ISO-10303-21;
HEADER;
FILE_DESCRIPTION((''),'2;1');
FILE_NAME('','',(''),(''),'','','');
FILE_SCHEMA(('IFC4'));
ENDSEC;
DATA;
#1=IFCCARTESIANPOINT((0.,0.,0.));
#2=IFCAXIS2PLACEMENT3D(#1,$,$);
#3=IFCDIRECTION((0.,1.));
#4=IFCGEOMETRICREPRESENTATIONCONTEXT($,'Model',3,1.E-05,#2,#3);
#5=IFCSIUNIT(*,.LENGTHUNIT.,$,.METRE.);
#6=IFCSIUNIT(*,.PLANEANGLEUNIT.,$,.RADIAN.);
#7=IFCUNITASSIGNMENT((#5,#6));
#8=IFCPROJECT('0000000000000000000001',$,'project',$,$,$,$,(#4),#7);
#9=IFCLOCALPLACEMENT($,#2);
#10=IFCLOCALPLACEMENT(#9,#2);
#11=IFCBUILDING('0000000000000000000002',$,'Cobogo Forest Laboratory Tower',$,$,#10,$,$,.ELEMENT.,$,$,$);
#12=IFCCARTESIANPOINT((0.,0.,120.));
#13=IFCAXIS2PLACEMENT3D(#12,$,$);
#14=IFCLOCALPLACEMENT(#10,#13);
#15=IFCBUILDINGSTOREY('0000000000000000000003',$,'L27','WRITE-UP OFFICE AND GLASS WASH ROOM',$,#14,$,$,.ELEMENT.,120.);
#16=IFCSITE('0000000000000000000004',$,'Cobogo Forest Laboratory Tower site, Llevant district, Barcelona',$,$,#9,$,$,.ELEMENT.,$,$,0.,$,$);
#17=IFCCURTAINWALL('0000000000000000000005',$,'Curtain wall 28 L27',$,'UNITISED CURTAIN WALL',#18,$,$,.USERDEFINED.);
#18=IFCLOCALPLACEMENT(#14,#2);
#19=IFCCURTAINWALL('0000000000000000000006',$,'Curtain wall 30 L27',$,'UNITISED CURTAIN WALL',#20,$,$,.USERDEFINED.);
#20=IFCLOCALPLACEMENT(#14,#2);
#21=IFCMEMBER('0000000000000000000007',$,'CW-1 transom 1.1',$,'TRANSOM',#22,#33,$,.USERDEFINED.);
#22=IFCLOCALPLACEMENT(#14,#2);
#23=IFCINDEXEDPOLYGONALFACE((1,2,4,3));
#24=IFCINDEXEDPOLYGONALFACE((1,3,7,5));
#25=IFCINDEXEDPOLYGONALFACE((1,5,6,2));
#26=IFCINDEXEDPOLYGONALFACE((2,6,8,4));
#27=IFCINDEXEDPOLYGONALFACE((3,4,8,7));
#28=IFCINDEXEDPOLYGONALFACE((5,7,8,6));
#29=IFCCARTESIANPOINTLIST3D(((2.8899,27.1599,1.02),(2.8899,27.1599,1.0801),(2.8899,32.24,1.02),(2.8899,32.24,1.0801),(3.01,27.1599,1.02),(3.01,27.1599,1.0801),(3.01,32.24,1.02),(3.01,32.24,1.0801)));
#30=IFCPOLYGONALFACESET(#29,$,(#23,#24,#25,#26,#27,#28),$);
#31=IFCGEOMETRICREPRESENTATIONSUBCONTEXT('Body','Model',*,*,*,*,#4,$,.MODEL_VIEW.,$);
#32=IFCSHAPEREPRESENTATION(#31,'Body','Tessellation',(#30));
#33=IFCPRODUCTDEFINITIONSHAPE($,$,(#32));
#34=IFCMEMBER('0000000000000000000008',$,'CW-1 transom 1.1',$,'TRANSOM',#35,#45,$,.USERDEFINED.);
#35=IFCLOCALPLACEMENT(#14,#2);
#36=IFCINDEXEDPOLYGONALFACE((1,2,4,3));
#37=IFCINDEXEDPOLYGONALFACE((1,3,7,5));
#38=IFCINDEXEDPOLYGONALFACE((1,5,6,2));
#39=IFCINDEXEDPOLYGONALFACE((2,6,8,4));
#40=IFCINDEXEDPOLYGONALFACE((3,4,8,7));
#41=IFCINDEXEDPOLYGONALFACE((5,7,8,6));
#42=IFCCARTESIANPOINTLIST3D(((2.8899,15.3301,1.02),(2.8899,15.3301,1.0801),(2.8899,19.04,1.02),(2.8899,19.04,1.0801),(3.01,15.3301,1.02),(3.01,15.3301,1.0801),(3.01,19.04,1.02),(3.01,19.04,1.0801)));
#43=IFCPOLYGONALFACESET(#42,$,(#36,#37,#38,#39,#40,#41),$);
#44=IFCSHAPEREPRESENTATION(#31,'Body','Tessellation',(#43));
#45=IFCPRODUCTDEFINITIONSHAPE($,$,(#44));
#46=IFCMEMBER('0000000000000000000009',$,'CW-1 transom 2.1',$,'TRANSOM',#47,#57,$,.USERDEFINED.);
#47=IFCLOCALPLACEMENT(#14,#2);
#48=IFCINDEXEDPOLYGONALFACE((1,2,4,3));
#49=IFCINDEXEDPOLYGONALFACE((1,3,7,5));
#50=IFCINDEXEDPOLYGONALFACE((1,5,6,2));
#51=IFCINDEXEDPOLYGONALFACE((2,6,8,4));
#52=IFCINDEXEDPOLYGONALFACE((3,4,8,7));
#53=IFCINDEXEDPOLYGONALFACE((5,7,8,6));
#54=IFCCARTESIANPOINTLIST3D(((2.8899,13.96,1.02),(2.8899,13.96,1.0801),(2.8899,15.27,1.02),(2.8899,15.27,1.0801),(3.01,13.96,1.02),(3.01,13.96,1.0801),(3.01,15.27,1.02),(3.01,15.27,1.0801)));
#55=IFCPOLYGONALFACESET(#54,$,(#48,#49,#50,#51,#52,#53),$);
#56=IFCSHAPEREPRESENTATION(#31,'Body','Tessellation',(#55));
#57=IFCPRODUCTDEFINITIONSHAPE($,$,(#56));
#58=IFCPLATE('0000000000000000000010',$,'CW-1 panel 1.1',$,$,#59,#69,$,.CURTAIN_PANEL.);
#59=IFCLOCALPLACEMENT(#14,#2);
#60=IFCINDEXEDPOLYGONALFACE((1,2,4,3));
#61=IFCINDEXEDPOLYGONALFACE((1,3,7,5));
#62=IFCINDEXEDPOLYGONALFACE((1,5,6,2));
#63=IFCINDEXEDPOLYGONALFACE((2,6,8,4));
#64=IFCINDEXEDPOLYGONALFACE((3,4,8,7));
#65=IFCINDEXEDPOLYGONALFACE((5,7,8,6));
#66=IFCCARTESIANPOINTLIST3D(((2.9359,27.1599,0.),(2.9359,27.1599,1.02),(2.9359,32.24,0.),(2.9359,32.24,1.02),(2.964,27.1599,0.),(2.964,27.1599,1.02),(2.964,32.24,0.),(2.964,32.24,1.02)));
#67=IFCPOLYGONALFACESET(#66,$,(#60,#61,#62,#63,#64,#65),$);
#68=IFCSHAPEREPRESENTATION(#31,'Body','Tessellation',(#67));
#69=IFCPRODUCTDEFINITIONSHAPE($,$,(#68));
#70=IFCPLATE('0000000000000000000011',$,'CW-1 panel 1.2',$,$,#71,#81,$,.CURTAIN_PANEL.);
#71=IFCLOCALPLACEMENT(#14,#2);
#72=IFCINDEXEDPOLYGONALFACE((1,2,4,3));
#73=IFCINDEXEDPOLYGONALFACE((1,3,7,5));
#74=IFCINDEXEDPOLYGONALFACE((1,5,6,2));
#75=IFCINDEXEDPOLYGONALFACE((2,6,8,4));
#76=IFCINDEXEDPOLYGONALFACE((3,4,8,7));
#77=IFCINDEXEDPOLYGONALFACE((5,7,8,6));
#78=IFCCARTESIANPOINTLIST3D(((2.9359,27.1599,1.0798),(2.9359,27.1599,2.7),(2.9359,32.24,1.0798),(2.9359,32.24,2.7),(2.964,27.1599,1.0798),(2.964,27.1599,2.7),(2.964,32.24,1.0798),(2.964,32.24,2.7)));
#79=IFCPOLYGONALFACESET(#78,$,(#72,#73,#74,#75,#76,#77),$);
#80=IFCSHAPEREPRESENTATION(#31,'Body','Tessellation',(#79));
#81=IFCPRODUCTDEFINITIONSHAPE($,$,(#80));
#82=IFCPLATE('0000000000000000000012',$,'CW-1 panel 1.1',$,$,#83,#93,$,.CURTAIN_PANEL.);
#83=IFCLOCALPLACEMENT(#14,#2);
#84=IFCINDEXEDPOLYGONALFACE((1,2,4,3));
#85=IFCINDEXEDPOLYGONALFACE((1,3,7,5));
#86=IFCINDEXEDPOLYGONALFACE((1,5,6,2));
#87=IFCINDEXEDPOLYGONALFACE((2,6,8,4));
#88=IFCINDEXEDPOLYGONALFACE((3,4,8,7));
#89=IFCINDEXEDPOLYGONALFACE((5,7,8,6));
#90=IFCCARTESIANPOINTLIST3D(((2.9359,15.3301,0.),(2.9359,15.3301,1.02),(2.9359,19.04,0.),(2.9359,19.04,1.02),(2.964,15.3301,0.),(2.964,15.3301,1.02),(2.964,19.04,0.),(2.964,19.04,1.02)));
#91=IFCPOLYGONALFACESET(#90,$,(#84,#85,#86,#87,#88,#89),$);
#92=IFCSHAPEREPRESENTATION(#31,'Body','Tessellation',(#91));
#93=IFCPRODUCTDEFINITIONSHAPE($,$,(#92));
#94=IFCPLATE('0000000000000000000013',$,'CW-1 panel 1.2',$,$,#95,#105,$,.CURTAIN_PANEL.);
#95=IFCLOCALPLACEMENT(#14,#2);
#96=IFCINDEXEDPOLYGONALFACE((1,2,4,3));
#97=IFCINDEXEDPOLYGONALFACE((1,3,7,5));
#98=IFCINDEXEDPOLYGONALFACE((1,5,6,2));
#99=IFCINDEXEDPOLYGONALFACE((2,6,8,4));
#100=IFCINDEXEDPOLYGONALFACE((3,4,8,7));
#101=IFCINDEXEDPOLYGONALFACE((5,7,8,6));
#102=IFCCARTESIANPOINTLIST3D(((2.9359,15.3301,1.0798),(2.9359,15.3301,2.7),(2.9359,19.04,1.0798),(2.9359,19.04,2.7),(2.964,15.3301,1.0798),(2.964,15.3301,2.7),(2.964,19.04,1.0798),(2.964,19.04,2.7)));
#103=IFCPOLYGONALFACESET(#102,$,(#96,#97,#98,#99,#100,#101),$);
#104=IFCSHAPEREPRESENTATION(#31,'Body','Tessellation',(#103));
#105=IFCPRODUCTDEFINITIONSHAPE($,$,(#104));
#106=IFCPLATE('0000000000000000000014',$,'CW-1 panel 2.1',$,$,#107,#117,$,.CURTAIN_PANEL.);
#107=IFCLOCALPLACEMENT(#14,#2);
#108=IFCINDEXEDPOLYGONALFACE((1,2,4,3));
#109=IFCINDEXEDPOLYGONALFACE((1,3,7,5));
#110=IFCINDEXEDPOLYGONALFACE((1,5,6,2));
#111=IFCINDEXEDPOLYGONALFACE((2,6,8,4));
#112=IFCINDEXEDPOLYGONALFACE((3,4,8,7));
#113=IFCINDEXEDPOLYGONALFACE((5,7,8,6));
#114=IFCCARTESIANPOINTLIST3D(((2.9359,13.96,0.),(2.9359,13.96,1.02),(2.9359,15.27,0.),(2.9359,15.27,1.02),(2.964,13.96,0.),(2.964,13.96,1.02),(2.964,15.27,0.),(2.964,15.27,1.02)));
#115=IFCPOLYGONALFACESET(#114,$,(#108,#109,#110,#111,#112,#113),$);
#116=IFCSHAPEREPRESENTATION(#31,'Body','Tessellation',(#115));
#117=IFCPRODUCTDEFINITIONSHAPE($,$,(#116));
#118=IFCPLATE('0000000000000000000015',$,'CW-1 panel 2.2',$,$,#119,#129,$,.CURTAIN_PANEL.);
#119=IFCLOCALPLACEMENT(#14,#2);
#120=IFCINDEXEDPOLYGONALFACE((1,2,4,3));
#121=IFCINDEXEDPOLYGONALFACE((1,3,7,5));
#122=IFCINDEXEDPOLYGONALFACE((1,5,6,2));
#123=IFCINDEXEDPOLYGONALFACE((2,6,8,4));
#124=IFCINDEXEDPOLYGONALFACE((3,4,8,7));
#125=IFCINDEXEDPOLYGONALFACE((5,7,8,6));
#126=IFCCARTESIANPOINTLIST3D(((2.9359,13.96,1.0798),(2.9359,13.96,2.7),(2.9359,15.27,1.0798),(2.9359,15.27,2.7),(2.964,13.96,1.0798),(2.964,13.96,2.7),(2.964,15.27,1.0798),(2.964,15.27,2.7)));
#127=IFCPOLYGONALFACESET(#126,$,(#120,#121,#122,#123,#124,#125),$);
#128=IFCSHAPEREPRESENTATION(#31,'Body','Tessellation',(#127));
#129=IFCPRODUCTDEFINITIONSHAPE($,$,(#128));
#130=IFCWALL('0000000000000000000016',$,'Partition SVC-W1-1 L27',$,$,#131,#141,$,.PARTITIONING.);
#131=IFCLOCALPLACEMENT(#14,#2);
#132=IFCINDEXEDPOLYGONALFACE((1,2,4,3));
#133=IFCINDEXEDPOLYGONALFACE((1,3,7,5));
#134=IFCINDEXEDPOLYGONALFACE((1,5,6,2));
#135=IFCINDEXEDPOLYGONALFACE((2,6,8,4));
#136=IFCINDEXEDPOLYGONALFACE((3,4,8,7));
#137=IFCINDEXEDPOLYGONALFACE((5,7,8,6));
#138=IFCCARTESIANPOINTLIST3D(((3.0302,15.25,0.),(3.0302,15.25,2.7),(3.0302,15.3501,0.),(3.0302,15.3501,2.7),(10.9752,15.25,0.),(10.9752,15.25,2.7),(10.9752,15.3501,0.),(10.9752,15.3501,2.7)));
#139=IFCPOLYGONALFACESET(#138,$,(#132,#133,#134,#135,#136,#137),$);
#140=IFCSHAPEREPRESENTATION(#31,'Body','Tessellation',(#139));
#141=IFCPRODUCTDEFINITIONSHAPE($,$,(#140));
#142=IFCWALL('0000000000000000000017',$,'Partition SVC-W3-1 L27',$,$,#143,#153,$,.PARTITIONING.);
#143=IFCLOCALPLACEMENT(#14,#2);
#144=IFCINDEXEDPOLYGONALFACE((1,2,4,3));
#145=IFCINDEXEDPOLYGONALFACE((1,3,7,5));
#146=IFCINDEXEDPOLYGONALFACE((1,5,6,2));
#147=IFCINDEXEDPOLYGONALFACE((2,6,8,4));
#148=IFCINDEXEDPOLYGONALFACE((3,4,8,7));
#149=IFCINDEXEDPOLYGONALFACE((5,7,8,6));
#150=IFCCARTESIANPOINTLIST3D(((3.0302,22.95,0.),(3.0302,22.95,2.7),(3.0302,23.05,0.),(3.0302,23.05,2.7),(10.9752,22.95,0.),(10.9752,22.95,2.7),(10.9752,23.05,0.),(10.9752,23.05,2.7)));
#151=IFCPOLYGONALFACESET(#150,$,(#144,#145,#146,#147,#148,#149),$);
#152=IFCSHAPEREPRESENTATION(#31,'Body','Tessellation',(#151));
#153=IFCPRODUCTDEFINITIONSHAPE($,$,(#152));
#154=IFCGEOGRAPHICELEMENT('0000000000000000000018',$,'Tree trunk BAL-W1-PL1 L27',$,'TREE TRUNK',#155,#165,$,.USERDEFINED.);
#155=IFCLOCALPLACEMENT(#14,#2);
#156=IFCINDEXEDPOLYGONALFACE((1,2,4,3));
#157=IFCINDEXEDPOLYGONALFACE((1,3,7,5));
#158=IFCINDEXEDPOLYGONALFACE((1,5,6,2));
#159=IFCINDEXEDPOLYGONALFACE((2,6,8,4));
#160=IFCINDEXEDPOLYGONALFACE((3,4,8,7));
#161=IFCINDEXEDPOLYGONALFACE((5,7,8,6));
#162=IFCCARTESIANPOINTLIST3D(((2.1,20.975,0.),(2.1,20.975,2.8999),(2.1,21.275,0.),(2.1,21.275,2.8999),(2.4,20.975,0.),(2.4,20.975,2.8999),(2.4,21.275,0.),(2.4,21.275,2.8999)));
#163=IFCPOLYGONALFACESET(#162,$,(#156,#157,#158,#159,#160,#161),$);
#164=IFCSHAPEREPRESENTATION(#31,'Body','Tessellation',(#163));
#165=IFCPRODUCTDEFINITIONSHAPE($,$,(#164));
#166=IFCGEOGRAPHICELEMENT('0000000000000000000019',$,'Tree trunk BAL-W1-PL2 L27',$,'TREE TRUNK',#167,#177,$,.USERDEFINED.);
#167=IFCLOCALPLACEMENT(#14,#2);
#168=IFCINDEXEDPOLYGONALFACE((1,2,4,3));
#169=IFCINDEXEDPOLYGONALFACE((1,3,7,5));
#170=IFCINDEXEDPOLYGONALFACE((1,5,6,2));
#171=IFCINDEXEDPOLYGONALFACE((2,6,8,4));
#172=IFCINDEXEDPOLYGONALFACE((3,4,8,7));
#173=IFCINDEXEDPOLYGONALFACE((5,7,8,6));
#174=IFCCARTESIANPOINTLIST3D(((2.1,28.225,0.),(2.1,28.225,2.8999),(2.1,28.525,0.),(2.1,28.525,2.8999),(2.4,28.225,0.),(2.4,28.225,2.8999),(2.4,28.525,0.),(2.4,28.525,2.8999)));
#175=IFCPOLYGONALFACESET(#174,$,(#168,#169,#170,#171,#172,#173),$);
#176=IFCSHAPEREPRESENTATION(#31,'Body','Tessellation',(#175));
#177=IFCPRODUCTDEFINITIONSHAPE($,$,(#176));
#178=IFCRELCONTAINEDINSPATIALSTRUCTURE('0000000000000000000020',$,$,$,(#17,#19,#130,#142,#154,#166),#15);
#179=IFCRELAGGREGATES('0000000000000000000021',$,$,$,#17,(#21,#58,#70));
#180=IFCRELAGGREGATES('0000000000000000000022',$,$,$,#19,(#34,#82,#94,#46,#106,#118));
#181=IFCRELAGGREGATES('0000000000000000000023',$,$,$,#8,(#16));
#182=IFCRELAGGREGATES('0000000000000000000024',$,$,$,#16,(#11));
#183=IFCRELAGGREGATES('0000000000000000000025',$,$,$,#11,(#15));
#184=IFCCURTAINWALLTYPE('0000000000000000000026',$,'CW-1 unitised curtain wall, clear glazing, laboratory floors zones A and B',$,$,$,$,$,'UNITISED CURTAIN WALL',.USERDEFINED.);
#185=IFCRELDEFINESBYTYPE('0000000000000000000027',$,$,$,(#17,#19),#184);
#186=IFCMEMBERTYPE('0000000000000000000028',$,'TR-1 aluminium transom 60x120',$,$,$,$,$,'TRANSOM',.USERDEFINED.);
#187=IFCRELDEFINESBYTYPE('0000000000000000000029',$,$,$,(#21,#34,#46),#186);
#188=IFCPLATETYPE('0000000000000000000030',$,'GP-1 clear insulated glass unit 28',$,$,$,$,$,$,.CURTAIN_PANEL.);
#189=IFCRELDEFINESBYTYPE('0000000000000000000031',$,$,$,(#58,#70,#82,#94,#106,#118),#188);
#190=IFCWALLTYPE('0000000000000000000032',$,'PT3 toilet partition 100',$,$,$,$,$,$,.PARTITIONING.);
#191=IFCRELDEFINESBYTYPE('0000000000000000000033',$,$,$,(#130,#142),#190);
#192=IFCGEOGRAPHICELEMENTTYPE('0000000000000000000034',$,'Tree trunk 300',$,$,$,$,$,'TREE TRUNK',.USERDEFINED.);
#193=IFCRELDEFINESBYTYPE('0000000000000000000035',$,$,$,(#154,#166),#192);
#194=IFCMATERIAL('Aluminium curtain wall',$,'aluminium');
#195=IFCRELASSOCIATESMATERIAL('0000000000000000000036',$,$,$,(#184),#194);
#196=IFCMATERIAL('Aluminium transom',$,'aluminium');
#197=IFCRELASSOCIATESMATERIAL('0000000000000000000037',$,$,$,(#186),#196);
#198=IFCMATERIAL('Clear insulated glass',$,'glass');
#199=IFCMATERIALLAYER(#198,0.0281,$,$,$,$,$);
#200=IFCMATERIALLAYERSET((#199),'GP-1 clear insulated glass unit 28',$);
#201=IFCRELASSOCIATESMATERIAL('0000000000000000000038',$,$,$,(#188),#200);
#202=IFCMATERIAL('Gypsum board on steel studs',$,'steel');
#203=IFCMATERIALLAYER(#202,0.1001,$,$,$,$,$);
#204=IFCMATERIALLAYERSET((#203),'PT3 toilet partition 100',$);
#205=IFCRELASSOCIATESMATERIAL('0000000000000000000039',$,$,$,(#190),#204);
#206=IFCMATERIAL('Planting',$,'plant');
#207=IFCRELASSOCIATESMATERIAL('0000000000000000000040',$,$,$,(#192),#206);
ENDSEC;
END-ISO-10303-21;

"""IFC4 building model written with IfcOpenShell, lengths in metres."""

from ifc_helpers import new_model, si_unit, direction, frame, frame_2d, origin, origin_2d, place, context, subcontext, project, spatial, rectangle, extrude, material, layer, layer_set, material_profile, profile_set, type_object, element, aggregate, save


model = new_model("IFC4")

# Units and contexts
model_context = context("Model", 3, precision=1e-05, world=origin(), true_north=direction((0.0, 1.0)))
body_context = subcontext(model_context, "Body", "Model", "MODEL_VIEW")
ifc_project = project(units=[si_unit("LENGTHUNIT", "METRE"), si_unit("PLANEANGLEUNIT", "RADIAN")], contexts=[model_context])

# Site, building, storey
site_placement = place(None, origin())
site = spatial("IfcSite", under=ifc_project, at=site_placement, Name="Cobogo Forest Laboratory Tower site, Llevant district, Barcelona", CompositionType="ELEMENT", RefElevation=0.0)
building_placement = place(site_placement, origin())
building = spatial("IfcBuilding", under=site, at=building_placement, Name="Cobogo Forest Laboratory Tower", CompositionType="ELEMENT")
storey_placement = place(building_placement, frame((0.0, 0.0, 120.0)))
storey = spatial("IfcBuildingStorey", under=building, at=storey_placement, Name="L27", Description="WRITE-UP OFFICE AND GLASS WASH ROOM", CompositionType="ELEMENT", Elevation=120.0)

# Curtain walls
ifc_material_1 = material(Name="Aluminium curtain wall", Category="aluminium")
curtain_wall_type = type_object("IfcCurtainWallType", Name="CW-1 unitised curtain wall, clear glazing, laboratory floors zones A and B", ElementType="UNITISED CURTAIN WALL", PredefinedType="USERDEFINED", material=ifc_material_1)
curtain_wall_1_placement = place(storey_placement, origin())
curtain_wall_1 = element("IfcCurtainWall", 1, at=curtain_wall_1_placement, inside=storey, type_object=curtain_wall_type, Name="Curtain wall 28 L27", ObjectType="UNITISED CURTAIN WALL", PredefinedType="USERDEFINED")
curtain_wall_2_placement = place(storey_placement, origin())
curtain_wall_2 = element("IfcCurtainWall", 2, at=curtain_wall_2_placement, inside=storey, type_object=curtain_wall_type, Name="Curtain wall 30 L27", ObjectType="UNITISED CURTAIN WALL", PredefinedType="USERDEFINED")

# Members
ifc_material_2 = material(Name="Aluminium transom", Category="aluminium")
ifc_material_profile_1 = material_profile(ifc_material_2, rectangle(XDim=0.1201, YDim=0.0601, at=origin_2d()), Name="AL 60x120")
ifc_profile_set_1 = profile_set([ifc_material_profile_1], Name="Aluminium transom")
member_type_1 = type_object("IfcMemberType", Name="TR-1 aluminium transom 60x120", ElementType="TRANSOM", PredefinedType="USERDEFINED", material=ifc_profile_set_1)
member_1_placement = place(storey_placement, frame((2.95, 32.24, 1.05), z_axis=(0.0, -1.0, 0.0), x_axis=(1.0, 0.0, 0.0)))
member_1 = element("IfcMember", 3, at=member_1_placement, type_object=member_type_1, Name="CW-1 transom 1.1", ObjectType="TRANSOM", PredefinedType="USERDEFINED", context=body_context, shape_type="SweptSolid", body=[
    extrude(rectangle(XDim=0.1201, YDim=0.0601, at=origin_2d()), origin(), (0.0, 0.0, 1.0), 5.0801),
])
member_2_placement = place(storey_placement, frame((2.95, 19.04, 1.05), z_axis=(0.0, -1.0, 0.0), x_axis=(1.0, 0.0, 0.0)))
member_2 = element("IfcMember", 4, at=member_2_placement, type_object=member_type_1, Name="CW-1 transom 1.1", ObjectType="TRANSOM", PredefinedType="USERDEFINED", context=body_context, shape_type="SweptSolid", body=[
    extrude(rectangle(XDim=0.1201, YDim=0.0601, at=origin_2d()), origin(), (0.0, 0.0, 1.0), 3.71),
])
member_3_placement = place(storey_placement, frame((2.95, 15.27, 1.05), z_axis=(0.0, -1.0, 0.0), x_axis=(1.0, 0.0, 0.0)))
member_3 = element("IfcMember", 5, at=member_3_placement, type_object=member_type_1, Name="CW-1 transom 2.1", ObjectType="TRANSOM", PredefinedType="USERDEFINED", context=body_context, shape_type="SweptSolid", body=[
    extrude(rectangle(XDim=0.1201, YDim=0.0601, at=origin_2d()), origin(), (0.0, 0.0, 1.0), 1.3101),
])

# Plates
ifc_material_3 = material(Name="Clear insulated glass", Category="glass")
ifc_layer_1 = layer(ifc_material_3, 0.0281)
ifc_layer_set_1 = layer_set([ifc_layer_1], Name="GP-1 clear insulated glass unit 28")
plate_type_1 = type_object("IfcPlateType", Name="GP-1 clear insulated glass unit 28", PredefinedType="CURTAIN_PANEL", material=ifc_layer_set_1)
plate_1_placement = place(storey_placement, frame((2.95, 29.7, 0.0), z_axis=(0.0, 0.0, 1.0), x_axis=(0.0, -1.0, 0.0)))
plate_1 = element("IfcPlate", 6, at=plate_1_placement, type_object=plate_type_1, Name="CW-1 panel 1.1", PredefinedType="CURTAIN_PANEL", context=body_context, shape_type="SweptSolid", body=[
    extrude(rectangle(XDim=5.0801, YDim=0.0281, at=origin_2d()), origin(), (0.0, 0.0, 1.0), 1.02),
])
plate_2_placement = place(storey_placement, frame((2.95, 29.7, 1.0798), z_axis=(0.0, 0.0, 1.0), x_axis=(0.0, -1.0, 0.0)))
plate_2 = element("IfcPlate", 7, at=plate_2_placement, type_object=plate_type_1, Name="CW-1 panel 1.2", PredefinedType="CURTAIN_PANEL", context=body_context, shape_type="SweptSolid", body=[
    extrude(rectangle(XDim=5.0801, YDim=0.0281, at=origin_2d()), origin(), (0.0, 0.0, 1.0), 1.6201),
])
aggregate(curtain_wall_1, [member_1, plate_1, plate_2])
plate_3_placement = place(storey_placement, frame((2.95, 17.1851, 0.0), z_axis=(0.0, 0.0, 1.0), x_axis=(0.0, -1.0, 0.0)))
plate_3 = element("IfcPlate", 8, at=plate_3_placement, type_object=plate_type_1, Name="CW-1 panel 1.1", PredefinedType="CURTAIN_PANEL", context=body_context, shape_type="SweptSolid", body=[
    extrude(rectangle(XDim=3.71, YDim=0.0281, at=origin_2d()), origin(), (0.0, 0.0, 1.0), 1.02),
])
plate_4_placement = place(storey_placement, frame((2.95, 17.1851, 1.0798), z_axis=(0.0, 0.0, 1.0), x_axis=(0.0, -1.0, 0.0)))
plate_4 = element("IfcPlate", 9, at=plate_4_placement, type_object=plate_type_1, Name="CW-1 panel 1.2", PredefinedType="CURTAIN_PANEL", context=body_context, shape_type="SweptSolid", body=[
    extrude(rectangle(XDim=3.71, YDim=0.0281, at=origin_2d()), origin(), (0.0, 0.0, 1.0), 1.6201),
])
plate_5_placement = place(storey_placement, frame((2.95, 14.615, 0.0), z_axis=(0.0, 0.0, 1.0), x_axis=(0.0, -1.0, 0.0)))
plate_5 = element("IfcPlate", 10, at=plate_5_placement, type_object=plate_type_1, Name="CW-1 panel 2.1", PredefinedType="CURTAIN_PANEL", context=body_context, shape_type="SweptSolid", body=[
    extrude(rectangle(XDim=1.3101, YDim=0.0281, at=origin_2d()), origin(), (0.0, 0.0, 1.0), 1.02),
])
plate_6_placement = place(storey_placement, frame((2.95, 14.615, 1.0798), z_axis=(0.0, 0.0, 1.0), x_axis=(0.0, -1.0, 0.0)))
plate_6 = element("IfcPlate", 11, at=plate_6_placement, type_object=plate_type_1, Name="CW-1 panel 2.2", PredefinedType="CURTAIN_PANEL", context=body_context, shape_type="SweptSolid", body=[
    extrude(rectangle(XDim=1.3101, YDim=0.0281, at=origin_2d()), origin(), (0.0, 0.0, 1.0), 1.6201),
])
aggregate(curtain_wall_2, [member_2, plate_3, plate_4, member_3, plate_5, plate_6])

# Walls
ifc_material_4 = material(Name="Gypsum board on steel studs", Category="steel")
ifc_layer_2 = layer(ifc_material_4, 0.1001)
ifc_layer_set_2 = layer_set([ifc_layer_2], Name="PT3 toilet partition 100")
wall_type_1 = type_object("IfcWallType", Name="PT3 toilet partition 100", PredefinedType="PARTITIONING", material=ifc_layer_set_2)
for number, where, z_axis, x_axis, name in (
    (12, (3.03, 15.3, 0.0), (0.0, 0.0, 1.0), (1.0, 0.0, 0.0), "Partition SVC-W1-1 L27"),
    (13, (3.03, 23.0, 0.0), (0.0, 0.0, 1.0), (1.0, 0.0, 0.0), "Partition SVC-W3-1 L27"),
):
    element("IfcWall", number, at=place(storey_placement, frame(where, z_axis=z_axis, x_axis=x_axis)), inside=storey, type_object=wall_type_1, Name=name, PredefinedType="PARTITIONING", context=body_context, shape_type="SweptSolid", body=[
        extrude(rectangle(XDim=7.9451, YDim=0.1001, at=frame_2d((3.9727, 0.0))), origin(), (0.0, 0.0, 1.0), 2.7),
    ])

# Geographic elements
ifc_material_5 = material(Name="Planting", Category="plant")
geographic_element_type = type_object("IfcGeographicElementType", Name="Tree trunk 300", ElementType="TREE TRUNK", PredefinedType="USERDEFINED", material=ifc_material_5)
for number, where, z_axis, x_axis, name in (
    (14, (2.25, 21.125, 0.0), (0.0, 0.0, 1.0), (1.0, 0.0, 0.0), "Tree trunk BAL-W1-PL1 L27"),
    (15, (2.25, 28.375, 0.0), (0.0, 0.0, 1.0), (1.0, 0.0, 0.0), "Tree trunk BAL-W1-PL2 L27"),
):
    element("IfcGeographicElement", number, at=place(storey_placement, frame(where, z_axis=z_axis, x_axis=x_axis)), inside=storey, type_object=geographic_element_type, Name=name, ObjectType="TREE TRUNK", PredefinedType="USERDEFINED", context=body_context, shape_type="SweptSolid", body=[
        extrude(rectangle(XDim=0.3, YDim=0.3, at=origin_2d()), origin(), (0.0, 0.0, 1.0), 2.8999),
    ])

save(model, "model.ifc")
